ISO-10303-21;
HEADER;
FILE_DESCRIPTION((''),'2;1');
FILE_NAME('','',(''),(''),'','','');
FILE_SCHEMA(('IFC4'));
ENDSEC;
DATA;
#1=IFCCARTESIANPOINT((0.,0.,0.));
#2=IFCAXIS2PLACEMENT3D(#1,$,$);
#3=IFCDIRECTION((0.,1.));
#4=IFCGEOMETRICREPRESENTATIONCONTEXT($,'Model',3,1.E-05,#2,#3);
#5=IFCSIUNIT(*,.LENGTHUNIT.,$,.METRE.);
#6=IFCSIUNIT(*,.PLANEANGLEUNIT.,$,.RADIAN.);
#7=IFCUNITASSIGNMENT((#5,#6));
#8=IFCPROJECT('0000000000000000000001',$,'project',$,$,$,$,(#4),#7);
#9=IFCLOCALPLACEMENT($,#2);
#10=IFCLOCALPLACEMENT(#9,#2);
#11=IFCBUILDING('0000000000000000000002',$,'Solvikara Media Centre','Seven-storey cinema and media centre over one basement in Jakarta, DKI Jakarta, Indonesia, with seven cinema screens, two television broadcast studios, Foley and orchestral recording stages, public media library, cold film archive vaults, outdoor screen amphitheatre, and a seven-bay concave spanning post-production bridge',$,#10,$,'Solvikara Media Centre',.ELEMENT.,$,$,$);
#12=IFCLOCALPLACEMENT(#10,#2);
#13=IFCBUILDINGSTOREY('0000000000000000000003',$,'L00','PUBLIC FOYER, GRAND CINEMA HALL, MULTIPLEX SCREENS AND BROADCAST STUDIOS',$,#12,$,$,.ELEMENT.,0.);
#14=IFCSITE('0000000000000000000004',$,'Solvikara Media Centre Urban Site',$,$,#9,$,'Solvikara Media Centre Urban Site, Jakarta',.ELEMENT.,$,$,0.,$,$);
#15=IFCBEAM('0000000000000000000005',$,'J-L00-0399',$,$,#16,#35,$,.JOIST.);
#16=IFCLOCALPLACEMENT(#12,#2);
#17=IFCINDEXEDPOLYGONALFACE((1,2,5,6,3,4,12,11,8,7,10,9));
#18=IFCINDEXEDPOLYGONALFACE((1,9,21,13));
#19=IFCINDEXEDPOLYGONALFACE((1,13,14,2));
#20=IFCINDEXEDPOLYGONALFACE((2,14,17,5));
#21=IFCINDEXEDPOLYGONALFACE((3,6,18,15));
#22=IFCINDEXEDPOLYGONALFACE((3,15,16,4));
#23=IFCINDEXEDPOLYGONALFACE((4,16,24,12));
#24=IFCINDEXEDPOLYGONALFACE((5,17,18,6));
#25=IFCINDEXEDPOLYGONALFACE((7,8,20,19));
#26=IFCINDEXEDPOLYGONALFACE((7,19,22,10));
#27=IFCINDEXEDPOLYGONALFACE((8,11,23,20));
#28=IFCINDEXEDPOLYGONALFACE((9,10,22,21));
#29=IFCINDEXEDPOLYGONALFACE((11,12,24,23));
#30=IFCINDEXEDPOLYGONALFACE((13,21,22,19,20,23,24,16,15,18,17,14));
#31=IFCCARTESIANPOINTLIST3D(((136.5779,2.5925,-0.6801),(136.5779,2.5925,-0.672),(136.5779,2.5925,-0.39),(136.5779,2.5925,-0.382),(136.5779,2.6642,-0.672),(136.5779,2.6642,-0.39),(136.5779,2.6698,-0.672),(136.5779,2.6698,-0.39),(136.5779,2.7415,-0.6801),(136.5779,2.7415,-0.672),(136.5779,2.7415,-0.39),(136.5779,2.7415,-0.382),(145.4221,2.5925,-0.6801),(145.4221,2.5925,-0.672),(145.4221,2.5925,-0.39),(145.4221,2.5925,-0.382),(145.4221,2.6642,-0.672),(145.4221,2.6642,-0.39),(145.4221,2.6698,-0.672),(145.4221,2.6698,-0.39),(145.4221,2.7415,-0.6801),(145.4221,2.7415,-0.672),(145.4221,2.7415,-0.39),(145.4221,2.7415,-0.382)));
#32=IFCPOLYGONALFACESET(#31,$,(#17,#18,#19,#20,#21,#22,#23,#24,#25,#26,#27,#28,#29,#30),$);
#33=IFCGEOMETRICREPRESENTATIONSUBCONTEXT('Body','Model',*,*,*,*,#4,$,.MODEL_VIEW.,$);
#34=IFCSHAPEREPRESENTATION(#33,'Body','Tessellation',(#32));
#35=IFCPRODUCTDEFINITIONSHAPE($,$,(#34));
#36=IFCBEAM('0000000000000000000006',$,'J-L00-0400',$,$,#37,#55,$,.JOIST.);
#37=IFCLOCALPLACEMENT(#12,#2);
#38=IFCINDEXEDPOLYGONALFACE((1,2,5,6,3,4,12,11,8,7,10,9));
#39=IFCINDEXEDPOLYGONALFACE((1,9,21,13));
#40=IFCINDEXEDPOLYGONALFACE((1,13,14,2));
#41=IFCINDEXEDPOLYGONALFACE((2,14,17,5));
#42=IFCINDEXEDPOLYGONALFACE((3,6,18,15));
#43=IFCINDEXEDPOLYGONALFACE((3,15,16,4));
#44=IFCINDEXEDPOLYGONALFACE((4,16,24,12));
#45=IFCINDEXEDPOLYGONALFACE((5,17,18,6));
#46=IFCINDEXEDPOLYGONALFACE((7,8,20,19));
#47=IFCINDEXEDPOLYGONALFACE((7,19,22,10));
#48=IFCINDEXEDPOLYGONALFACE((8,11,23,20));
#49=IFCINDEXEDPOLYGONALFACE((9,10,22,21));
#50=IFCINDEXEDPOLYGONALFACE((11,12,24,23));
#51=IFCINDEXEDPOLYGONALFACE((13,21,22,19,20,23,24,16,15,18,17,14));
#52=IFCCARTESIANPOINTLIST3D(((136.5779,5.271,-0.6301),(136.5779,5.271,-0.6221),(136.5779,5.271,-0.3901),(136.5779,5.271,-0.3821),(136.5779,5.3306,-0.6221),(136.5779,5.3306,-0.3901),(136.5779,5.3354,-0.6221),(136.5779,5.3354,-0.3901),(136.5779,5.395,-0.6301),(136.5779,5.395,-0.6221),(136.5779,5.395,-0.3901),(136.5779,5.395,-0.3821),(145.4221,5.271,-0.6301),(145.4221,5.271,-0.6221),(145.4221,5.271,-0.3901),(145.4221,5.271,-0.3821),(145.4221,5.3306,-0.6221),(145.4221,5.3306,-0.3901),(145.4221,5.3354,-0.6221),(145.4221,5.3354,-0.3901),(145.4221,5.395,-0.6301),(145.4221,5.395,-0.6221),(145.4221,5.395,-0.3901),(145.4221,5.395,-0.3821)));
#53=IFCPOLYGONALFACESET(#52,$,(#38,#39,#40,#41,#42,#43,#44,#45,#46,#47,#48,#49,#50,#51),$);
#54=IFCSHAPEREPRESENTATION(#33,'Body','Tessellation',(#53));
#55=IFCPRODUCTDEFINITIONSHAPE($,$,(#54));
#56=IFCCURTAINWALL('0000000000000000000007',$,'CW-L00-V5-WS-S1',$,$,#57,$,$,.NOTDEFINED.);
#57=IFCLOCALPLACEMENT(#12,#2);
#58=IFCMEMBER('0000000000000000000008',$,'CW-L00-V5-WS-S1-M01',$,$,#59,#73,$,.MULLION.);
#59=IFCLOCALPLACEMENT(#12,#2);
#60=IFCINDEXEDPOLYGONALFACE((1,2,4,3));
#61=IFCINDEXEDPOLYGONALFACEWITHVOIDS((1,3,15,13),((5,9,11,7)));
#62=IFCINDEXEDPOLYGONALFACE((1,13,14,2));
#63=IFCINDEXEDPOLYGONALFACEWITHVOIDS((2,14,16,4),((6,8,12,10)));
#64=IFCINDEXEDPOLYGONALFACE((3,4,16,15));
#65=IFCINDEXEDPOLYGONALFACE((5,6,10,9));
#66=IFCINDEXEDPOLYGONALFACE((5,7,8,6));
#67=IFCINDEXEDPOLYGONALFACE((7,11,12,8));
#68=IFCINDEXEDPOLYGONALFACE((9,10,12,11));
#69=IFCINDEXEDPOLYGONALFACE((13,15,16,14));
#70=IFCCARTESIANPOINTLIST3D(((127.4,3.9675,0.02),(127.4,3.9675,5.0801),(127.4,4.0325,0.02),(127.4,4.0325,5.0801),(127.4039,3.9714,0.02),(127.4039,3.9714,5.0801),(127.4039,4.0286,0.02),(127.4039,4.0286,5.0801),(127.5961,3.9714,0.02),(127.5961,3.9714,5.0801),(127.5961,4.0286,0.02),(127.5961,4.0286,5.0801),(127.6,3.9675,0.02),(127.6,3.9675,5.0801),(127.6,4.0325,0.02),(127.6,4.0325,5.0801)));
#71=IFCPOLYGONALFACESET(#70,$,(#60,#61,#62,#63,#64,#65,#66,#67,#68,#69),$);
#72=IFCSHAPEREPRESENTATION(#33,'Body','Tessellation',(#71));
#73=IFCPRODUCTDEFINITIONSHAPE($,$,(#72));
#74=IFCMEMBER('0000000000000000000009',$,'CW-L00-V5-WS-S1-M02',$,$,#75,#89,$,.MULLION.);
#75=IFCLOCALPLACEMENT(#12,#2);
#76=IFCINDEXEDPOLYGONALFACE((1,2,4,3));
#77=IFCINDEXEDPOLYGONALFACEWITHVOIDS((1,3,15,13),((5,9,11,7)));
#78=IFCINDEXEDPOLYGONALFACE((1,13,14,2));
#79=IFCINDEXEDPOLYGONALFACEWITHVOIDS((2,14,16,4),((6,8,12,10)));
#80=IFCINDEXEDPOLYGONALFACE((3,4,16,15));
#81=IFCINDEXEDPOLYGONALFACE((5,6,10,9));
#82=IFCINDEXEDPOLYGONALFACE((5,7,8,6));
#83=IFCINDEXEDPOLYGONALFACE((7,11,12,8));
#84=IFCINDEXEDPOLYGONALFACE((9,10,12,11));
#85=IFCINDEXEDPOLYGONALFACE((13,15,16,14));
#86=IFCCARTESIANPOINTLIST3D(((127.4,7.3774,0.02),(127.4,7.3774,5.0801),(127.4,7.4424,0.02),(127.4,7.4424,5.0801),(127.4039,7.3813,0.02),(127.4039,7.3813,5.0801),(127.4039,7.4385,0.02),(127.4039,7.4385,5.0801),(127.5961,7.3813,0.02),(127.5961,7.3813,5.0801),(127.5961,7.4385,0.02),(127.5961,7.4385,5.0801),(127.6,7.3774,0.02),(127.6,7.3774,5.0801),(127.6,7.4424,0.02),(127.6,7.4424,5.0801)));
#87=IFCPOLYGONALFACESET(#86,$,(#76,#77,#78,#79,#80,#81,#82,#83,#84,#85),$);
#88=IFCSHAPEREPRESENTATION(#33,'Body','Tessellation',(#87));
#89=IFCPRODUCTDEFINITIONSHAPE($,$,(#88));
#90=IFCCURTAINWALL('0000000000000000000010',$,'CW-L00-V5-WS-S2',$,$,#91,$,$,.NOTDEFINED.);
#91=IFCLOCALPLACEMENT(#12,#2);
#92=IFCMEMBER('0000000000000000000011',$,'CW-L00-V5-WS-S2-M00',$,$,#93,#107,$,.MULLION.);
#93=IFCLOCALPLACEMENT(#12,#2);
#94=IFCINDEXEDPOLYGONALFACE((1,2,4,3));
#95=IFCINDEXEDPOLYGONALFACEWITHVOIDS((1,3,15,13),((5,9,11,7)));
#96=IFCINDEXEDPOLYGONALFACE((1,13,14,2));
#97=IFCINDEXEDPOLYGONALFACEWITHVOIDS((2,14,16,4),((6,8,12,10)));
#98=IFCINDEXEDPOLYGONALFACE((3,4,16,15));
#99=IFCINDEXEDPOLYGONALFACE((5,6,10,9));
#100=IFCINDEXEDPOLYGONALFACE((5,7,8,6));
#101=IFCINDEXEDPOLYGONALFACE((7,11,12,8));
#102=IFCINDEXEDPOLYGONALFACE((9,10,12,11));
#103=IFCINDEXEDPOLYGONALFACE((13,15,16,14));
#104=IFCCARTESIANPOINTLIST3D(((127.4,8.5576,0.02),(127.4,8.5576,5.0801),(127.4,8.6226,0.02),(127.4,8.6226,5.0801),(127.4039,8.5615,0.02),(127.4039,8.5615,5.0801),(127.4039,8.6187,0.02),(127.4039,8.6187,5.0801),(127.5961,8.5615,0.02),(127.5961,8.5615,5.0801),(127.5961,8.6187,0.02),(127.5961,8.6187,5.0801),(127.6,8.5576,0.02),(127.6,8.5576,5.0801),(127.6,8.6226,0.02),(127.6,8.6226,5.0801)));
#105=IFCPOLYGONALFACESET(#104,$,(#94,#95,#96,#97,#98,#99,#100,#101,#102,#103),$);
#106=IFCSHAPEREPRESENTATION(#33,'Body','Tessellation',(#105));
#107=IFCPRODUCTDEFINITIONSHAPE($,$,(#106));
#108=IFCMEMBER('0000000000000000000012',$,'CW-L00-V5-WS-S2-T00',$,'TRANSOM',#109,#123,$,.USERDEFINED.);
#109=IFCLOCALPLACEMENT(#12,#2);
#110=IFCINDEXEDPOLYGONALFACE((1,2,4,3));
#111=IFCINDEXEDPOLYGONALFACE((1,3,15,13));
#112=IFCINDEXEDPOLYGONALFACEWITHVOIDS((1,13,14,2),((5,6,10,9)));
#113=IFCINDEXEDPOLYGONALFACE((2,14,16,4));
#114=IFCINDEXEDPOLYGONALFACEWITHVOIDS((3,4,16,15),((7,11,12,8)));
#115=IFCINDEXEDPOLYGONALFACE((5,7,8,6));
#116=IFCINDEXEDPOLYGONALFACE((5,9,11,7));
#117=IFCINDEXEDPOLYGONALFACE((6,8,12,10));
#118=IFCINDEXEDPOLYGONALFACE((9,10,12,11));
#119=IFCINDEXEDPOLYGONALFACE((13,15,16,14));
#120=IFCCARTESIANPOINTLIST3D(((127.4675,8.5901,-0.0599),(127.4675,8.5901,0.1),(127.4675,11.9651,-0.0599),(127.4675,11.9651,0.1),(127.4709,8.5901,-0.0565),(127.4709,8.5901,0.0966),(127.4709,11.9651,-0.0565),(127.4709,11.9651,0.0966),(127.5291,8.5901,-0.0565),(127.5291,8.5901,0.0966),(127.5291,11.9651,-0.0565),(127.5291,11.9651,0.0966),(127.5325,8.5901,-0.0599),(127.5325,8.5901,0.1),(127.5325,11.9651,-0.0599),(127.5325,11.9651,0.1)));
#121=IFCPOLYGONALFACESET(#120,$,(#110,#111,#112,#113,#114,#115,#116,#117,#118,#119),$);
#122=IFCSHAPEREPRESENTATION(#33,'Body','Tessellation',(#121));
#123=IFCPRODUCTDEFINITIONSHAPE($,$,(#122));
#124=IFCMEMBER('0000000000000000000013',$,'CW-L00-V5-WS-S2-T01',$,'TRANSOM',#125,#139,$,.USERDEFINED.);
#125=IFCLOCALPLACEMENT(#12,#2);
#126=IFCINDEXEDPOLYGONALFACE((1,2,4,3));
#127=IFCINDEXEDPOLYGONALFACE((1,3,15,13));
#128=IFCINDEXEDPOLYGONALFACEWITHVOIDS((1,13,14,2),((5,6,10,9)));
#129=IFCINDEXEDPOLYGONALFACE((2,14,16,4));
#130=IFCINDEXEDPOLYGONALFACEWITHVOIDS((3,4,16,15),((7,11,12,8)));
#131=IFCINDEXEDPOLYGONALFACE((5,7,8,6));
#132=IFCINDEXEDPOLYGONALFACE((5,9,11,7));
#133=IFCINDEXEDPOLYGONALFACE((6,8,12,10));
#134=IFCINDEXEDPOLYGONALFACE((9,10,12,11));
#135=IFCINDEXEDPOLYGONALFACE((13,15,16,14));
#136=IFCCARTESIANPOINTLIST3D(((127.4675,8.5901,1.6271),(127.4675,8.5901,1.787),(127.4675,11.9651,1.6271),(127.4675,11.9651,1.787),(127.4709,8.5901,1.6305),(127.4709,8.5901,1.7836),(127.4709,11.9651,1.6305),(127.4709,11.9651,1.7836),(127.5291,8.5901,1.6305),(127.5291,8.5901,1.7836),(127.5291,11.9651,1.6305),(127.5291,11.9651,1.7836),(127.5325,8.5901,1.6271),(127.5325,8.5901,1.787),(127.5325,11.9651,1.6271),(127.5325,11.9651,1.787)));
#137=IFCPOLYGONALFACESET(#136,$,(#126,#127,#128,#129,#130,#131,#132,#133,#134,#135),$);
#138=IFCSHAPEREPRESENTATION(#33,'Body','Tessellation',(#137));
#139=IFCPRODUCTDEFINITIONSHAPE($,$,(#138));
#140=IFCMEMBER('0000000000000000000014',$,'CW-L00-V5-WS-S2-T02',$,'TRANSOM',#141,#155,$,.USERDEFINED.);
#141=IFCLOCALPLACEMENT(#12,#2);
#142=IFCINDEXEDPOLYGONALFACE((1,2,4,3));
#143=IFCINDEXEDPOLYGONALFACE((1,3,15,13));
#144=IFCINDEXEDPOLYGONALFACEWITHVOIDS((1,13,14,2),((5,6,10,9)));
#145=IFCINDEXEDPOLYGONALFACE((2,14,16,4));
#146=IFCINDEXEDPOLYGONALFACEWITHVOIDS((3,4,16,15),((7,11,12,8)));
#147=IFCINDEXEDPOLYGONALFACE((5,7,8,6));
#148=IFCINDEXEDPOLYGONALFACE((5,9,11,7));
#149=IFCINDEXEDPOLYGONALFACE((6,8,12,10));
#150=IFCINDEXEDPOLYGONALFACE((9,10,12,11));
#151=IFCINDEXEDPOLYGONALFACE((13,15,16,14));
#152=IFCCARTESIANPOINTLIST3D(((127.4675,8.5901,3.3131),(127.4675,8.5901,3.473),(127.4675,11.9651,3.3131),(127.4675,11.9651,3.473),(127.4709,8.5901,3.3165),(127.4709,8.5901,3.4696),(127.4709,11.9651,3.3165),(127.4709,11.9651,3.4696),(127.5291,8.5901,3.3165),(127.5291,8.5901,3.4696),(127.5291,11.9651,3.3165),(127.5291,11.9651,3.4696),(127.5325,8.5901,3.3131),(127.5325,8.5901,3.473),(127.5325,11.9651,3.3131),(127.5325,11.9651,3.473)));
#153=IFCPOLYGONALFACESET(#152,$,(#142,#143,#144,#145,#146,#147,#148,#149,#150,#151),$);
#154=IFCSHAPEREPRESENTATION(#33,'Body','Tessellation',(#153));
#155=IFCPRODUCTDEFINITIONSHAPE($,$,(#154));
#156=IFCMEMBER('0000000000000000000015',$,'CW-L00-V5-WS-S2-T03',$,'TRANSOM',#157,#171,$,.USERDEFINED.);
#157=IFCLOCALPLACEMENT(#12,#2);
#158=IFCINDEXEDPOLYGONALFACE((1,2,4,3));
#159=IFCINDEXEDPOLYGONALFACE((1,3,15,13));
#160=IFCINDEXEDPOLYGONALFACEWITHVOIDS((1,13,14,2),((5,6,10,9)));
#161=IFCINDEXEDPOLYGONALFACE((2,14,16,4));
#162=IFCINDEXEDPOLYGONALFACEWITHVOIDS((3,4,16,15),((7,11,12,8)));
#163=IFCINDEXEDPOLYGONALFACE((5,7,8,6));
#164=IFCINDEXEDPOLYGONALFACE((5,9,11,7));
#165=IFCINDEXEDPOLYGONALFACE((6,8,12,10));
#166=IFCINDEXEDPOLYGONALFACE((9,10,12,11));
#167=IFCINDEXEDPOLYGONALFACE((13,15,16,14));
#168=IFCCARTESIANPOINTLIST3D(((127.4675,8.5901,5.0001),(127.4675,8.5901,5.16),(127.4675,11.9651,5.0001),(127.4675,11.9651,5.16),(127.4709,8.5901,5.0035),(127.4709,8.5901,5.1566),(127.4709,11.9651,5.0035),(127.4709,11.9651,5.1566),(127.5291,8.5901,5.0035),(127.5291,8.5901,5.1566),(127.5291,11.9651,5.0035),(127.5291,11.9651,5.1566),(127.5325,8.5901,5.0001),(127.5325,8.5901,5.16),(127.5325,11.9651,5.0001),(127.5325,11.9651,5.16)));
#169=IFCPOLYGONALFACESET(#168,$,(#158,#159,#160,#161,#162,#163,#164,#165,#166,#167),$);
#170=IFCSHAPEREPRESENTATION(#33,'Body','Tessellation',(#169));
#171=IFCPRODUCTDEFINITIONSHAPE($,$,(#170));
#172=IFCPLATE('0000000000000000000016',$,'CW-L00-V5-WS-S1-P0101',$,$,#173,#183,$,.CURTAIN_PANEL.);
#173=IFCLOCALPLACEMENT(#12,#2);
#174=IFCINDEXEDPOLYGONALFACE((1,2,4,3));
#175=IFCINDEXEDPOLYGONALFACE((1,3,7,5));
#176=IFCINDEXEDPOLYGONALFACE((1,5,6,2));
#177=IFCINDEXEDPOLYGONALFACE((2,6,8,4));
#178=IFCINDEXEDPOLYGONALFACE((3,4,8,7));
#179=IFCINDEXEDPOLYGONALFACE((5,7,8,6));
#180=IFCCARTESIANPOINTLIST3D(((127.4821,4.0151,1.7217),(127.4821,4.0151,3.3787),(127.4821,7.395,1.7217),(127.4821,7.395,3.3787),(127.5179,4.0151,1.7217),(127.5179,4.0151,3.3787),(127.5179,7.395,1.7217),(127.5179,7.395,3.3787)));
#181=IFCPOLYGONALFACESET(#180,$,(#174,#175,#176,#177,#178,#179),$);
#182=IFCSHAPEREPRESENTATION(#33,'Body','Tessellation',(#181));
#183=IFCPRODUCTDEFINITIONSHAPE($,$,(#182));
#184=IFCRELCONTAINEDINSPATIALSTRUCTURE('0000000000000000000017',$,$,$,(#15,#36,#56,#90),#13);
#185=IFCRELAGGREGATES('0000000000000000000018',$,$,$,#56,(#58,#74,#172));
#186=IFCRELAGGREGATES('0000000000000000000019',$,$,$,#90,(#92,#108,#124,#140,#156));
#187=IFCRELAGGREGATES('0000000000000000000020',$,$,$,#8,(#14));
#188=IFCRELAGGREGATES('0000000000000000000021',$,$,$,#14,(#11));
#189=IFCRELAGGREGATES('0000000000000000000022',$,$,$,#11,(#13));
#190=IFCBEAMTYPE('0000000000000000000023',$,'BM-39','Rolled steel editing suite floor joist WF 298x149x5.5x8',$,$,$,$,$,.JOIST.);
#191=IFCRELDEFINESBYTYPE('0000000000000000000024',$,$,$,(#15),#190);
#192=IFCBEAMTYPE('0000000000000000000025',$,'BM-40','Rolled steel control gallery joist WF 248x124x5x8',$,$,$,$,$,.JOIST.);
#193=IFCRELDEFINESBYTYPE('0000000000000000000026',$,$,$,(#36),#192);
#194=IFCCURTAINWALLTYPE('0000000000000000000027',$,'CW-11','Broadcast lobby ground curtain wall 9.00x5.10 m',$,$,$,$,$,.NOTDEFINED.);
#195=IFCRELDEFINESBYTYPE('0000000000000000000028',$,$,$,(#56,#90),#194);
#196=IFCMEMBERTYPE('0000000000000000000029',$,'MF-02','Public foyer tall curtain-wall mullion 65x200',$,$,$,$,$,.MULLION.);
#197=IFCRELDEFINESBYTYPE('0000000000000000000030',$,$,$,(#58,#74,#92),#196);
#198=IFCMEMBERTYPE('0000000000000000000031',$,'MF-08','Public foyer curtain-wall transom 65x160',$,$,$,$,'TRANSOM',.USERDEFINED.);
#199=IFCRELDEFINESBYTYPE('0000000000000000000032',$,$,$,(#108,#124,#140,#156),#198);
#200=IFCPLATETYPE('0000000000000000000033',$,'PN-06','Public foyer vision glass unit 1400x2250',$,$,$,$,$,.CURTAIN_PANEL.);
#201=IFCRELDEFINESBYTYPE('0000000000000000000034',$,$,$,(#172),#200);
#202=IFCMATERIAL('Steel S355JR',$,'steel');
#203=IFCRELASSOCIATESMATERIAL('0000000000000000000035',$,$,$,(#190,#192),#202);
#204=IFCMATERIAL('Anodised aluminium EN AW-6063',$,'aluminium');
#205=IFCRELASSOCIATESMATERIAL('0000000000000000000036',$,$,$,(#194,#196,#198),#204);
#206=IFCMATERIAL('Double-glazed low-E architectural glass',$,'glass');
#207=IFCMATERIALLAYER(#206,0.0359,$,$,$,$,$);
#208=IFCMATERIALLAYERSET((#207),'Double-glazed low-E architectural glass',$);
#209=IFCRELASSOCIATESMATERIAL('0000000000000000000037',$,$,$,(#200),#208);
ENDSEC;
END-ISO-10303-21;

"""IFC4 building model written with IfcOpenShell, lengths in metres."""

from ifc_helpers import new_model, si_unit, direction, frame, origin, origin_2d, place, context, subcontext, project, spatial, rectangle, hollow_rectangle, i_section, extrude, material, layer, layer_set, material_profile, profile_set, type_object, element, aggregate, save


model = new_model("IFC4")

# Units and contexts
model_context = context("Model", 3, precision=1e-05, world=origin(), true_north=direction((0.0, 1.0)))
body_context = subcontext(model_context, "Body", "Model", "MODEL_VIEW")
ifc_project = project(units=[si_unit("LENGTHUNIT", "METRE"), si_unit("PLANEANGLEUNIT", "RADIAN")], contexts=[model_context])

# Site, building, storey
site_placement = place(None, origin())
site = spatial("IfcSite", under=ifc_project, at=site_placement, Name="Solvikara Media Centre Urban Site", LongName="Solvikara Media Centre Urban Site, Jakarta", CompositionType="ELEMENT", RefElevation=0.0)
building_placement = place(site_placement, origin())
building = spatial("IfcBuilding", under=site, at=building_placement, Name="Solvikara Media Centre", Description="Seven-storey cinema and media centre over one basement in Jakarta, DKI Jakarta, Indonesia, with seven cinema screens, two television broadcast studios, Foley and orchestral recording stages, public media library, cold film archive vaults, outdoor screen amphitheatre, and a seven-bay concave spanning post-production bridge", LongName="Solvikara Media Centre", CompositionType="ELEMENT")
storey_placement = place(building_placement, origin())
storey = spatial("IfcBuildingStorey", under=building, at=storey_placement, Name="L00", Description="PUBLIC FOYER, GRAND CINEMA HALL, MULTIPLEX SCREENS AND BROADCAST STUDIOS", CompositionType="ELEMENT", Elevation=0.0)

# Beams
ifc_material_1 = material(Name="Steel S355JR", Category="steel")
ifc_material_profile_1 = material_profile(ifc_material_1, i_section(OverallWidth=0.1489, OverallDepth=0.2981, WebThickness=0.0056, FlangeThickness=0.0081, at=origin_2d()), Name="WF 298x149x5.5x8")
ifc_profile_set_1 = profile_set([ifc_material_profile_1], Name="Steel S355JR")
beam_type_1 = type_object("IfcBeamType", Name="BM-39", Description="Rolled steel editing suite floor joist WF 298x149x5.5x8", PredefinedType="JOIST", material=ifc_profile_set_1)
beam_1_placement = place(storey_placement, frame((136.5779, 2.667, -0.531), z_axis=(1.0, 0.0, 0.0), x_axis=(0.0, 1.0, 0.0)))
element("IfcBeam", 1, at=beam_1_placement, inside=storey, type_object=beam_type_1, Name="J-L00-0399", PredefinedType="JOIST", context=body_context, shape_type="SweptSolid", body=[
    extrude(i_section(OverallWidth=0.1489, OverallDepth=0.2981, WebThickness=0.0056, FlangeThickness=0.0081, at=origin_2d()), origin(), (0.0, 0.0, 1.0), 8.8442),
])
ifc_material_profile_2 = material_profile(ifc_material_1, i_section(OverallWidth=0.124, OverallDepth=0.248, WebThickness=0.0049, FlangeThickness=0.0081, at=origin_2d()), Name="WF 248x124x5x8")
ifc_profile_set_2 = profile_set([ifc_material_profile_2], Name="Steel S355JR")
beam_type_2 = type_object("IfcBeamType", Name="BM-40", Description="Rolled steel control gallery joist WF 248x124x5x8", PredefinedType="JOIST", material=ifc_profile_set_2)
beam_2_placement = place(storey_placement, frame((136.5779, 5.333, -0.5061), z_axis=(1.0, 0.0, 0.0), x_axis=(0.0, 1.0, 0.0)))
element("IfcBeam", 2, at=beam_2_placement, inside=storey, type_object=beam_type_2, Name="J-L00-0400", PredefinedType="JOIST", context=body_context, shape_type="SweptSolid", body=[
    extrude(i_section(OverallWidth=0.124, OverallDepth=0.248, WebThickness=0.0049, FlangeThickness=0.0081, at=origin_2d()), origin(), (0.0, 0.0, 1.0), 8.8442),
])

# Curtain walls, members
ifc_material_2 = material(Name="Anodised aluminium EN AW-6063", Category="aluminium")
curtain_wall_type = type_object("IfcCurtainWallType", Name="CW-11", Description="Broadcast lobby ground curtain wall 9.00x5.10 m", PredefinedType="NOTDEFINED", material=ifc_material_2)
curtain_wall_1_placement = place(storey_placement, origin())
curtain_wall_1 = element("IfcCurtainWall", 3, at=curtain_wall_1_placement, inside=storey, type_object=curtain_wall_type, Name="CW-L00-V5-WS-S1", PredefinedType="NOTDEFINED")
ifc_material_profile_3 = material_profile(ifc_material_2, hollow_rectangle(XDim=0.0649, YDim=0.2, WallThickness=0.0039, at=origin_2d()), Name="ALU-M 65x200x4")
ifc_profile_set_3 = profile_set([ifc_material_profile_3], Name="Anodised aluminium EN AW-6063")
member_type_1 = type_object("IfcMemberType", Name="MF-02", Description="Public foyer tall curtain-wall mullion 65x200", PredefinedType="MULLION", material=ifc_profile_set_3)
member_1_placement = place(storey_placement, frame((127.5, 4.0, 0.02), z_axis=(0.0, 0.0, 1.0), x_axis=(0.0, 1.0, 0.0)))
member_1 = element("IfcMember", 4, at=member_1_placement, type_object=member_type_1, Name="CW-L00-V5-WS-S1-M01", PredefinedType="MULLION", context=body_context, shape_type="SweptSolid", body=[
    extrude(hollow_rectangle(XDim=0.0649, YDim=0.2, WallThickness=0.0039, at=origin_2d()), origin(), (0.0, 0.0, 1.0), 5.0601),
])
member_2_placement = place(storey_placement, frame((127.5, 7.4099, 0.02), z_axis=(0.0, 0.0, 1.0), x_axis=(0.0, 1.0, 0.0)))
member_2 = element("IfcMember", 5, at=member_2_placement, type_object=member_type_1, Name="CW-L00-V5-WS-S1-M02", PredefinedType="MULLION", context=body_context, shape_type="SweptSolid", body=[
    extrude(hollow_rectangle(XDim=0.0649, YDim=0.2, WallThickness=0.0039, at=origin_2d()), origin(), (0.0, 0.0, 1.0), 5.0601),
])
curtain_wall_2_placement = place(storey_placement, origin())
curtain_wall_2 = element("IfcCurtainWall", 6, at=curtain_wall_2_placement, inside=storey, type_object=curtain_wall_type, Name="CW-L00-V5-WS-S2", PredefinedType="NOTDEFINED")
member_3_placement = place(storey_placement, frame((127.5, 8.5901, 0.02), z_axis=(0.0, 0.0, 1.0), x_axis=(0.0, 1.0, 0.0)))
member_3 = element("IfcMember", 7, at=member_3_placement, type_object=member_type_1, Name="CW-L00-V5-WS-S2-M00", PredefinedType="MULLION", context=body_context, shape_type="SweptSolid", body=[
    extrude(hollow_rectangle(XDim=0.0649, YDim=0.2, WallThickness=0.0039, at=origin_2d()), origin(), (0.0, 0.0, 1.0), 5.0601),
])
ifc_material_profile_4 = material_profile(ifc_material_2, hollow_rectangle(XDim=0.0649, YDim=0.1599, WallThickness=0.0034, at=origin_2d()), Name="ALU-T 65x160x3.5")
ifc_profile_set_4 = profile_set([ifc_material_profile_4], Name="Anodised aluminium EN AW-6063")
member_type_2 = type_object("IfcMemberType", Name="MF-08", Description="Public foyer curtain-wall transom 65x160", ElementType="TRANSOM", PredefinedType="USERDEFINED", material=ifc_profile_set_4)
member_4_placement = place(storey_placement, frame((127.5, 8.5901, 0.02), z_axis=(0.0, 1.0, 0.0), x_axis=(-1.0, 0.0, 0.0)))
member_4 = element("IfcMember", 8, at=member_4_placement, type_object=member_type_2, Name="CW-L00-V5-WS-S2-T00", ObjectType="TRANSOM", PredefinedType="USERDEFINED", context=body_context, shape_type="SweptSolid", body=[
    extrude(hollow_rectangle(XDim=0.0649, YDim=0.1599, WallThickness=0.0034, at=origin_2d()), origin(), (0.0, 0.0, 1.0), 3.375),
])
member_5_placement = place(storey_placement, frame((127.5, 8.5901, 1.707), z_axis=(0.0, 1.0, 0.0), x_axis=(-1.0, 0.0, 0.0)))
member_5 = element("IfcMember", 9, at=member_5_placement, type_object=member_type_2, Name="CW-L00-V5-WS-S2-T01", ObjectType="TRANSOM", PredefinedType="USERDEFINED", context=body_context, shape_type="SweptSolid", body=[
    extrude(hollow_rectangle(XDim=0.0649, YDim=0.1599, WallThickness=0.0034, at=origin_2d()), origin(), (0.0, 0.0, 1.0), 3.375),
])
member_6_placement = place(storey_placement, frame((127.5, 8.5901, 3.3931), z_axis=(0.0, 1.0, 0.0), x_axis=(-1.0, 0.0, 0.0)))
member_6 = element("IfcMember", 10, at=member_6_placement, type_object=member_type_2, Name="CW-L00-V5-WS-S2-T02", ObjectType="TRANSOM", PredefinedType="USERDEFINED", context=body_context, shape_type="SweptSolid", body=[
    extrude(hollow_rectangle(XDim=0.0649, YDim=0.1599, WallThickness=0.0034, at=origin_2d()), origin(), (0.0, 0.0, 1.0), 3.375),
])
member_7_placement = place(storey_placement, frame((127.5, 8.5901, 5.0801), z_axis=(0.0, 1.0, 0.0), x_axis=(-1.0, 0.0, 0.0)))
member_7 = element("IfcMember", 11, at=member_7_placement, type_object=member_type_2, Name="CW-L00-V5-WS-S2-T03", ObjectType="TRANSOM", PredefinedType="USERDEFINED", context=body_context, shape_type="SweptSolid", body=[
    extrude(hollow_rectangle(XDim=0.0649, YDim=0.1599, WallThickness=0.0034, at=origin_2d()), origin(), (0.0, 0.0, 1.0), 3.375),
])

# Plate
ifc_material_3 = material(Name="Double-glazed low-E architectural glass", Category="glass")
ifc_layer_1 = layer(ifc_material_3, 0.0359)
ifc_layer_set_1 = layer_set([ifc_layer_1], Name="Double-glazed low-E architectural glass")
plate_type_1 = type_object("IfcPlateType", Name="PN-06", Description="Public foyer vision glass unit 1400x2250", PredefinedType="CURTAIN_PANEL", material=ifc_layer_set_1)
plate_1_placement = place(storey_placement, frame((127.5, 5.7051, 1.7217), z_axis=(0.0, 0.0, 1.0), x_axis=(0.0, 1.0, 0.0)))
plate_1 = element("IfcPlate", 12, at=plate_1_placement, type_object=plate_type_1, Name="CW-L00-V5-WS-S1-P0101", PredefinedType="CURTAIN_PANEL", context=body_context, shape_type="SweptSolid", body=[
    extrude(rectangle(XDim=3.3799, YDim=0.0359, at=origin_2d()), origin(), (0.0, 0.0, 1.0), 1.657),
])
aggregate(curtain_wall_1, [member_1, member_2, plate_1])
aggregate(curtain_wall_2, [member_3, member_4, member_5, member_6, member_7])

save(model, "model.ifc")
